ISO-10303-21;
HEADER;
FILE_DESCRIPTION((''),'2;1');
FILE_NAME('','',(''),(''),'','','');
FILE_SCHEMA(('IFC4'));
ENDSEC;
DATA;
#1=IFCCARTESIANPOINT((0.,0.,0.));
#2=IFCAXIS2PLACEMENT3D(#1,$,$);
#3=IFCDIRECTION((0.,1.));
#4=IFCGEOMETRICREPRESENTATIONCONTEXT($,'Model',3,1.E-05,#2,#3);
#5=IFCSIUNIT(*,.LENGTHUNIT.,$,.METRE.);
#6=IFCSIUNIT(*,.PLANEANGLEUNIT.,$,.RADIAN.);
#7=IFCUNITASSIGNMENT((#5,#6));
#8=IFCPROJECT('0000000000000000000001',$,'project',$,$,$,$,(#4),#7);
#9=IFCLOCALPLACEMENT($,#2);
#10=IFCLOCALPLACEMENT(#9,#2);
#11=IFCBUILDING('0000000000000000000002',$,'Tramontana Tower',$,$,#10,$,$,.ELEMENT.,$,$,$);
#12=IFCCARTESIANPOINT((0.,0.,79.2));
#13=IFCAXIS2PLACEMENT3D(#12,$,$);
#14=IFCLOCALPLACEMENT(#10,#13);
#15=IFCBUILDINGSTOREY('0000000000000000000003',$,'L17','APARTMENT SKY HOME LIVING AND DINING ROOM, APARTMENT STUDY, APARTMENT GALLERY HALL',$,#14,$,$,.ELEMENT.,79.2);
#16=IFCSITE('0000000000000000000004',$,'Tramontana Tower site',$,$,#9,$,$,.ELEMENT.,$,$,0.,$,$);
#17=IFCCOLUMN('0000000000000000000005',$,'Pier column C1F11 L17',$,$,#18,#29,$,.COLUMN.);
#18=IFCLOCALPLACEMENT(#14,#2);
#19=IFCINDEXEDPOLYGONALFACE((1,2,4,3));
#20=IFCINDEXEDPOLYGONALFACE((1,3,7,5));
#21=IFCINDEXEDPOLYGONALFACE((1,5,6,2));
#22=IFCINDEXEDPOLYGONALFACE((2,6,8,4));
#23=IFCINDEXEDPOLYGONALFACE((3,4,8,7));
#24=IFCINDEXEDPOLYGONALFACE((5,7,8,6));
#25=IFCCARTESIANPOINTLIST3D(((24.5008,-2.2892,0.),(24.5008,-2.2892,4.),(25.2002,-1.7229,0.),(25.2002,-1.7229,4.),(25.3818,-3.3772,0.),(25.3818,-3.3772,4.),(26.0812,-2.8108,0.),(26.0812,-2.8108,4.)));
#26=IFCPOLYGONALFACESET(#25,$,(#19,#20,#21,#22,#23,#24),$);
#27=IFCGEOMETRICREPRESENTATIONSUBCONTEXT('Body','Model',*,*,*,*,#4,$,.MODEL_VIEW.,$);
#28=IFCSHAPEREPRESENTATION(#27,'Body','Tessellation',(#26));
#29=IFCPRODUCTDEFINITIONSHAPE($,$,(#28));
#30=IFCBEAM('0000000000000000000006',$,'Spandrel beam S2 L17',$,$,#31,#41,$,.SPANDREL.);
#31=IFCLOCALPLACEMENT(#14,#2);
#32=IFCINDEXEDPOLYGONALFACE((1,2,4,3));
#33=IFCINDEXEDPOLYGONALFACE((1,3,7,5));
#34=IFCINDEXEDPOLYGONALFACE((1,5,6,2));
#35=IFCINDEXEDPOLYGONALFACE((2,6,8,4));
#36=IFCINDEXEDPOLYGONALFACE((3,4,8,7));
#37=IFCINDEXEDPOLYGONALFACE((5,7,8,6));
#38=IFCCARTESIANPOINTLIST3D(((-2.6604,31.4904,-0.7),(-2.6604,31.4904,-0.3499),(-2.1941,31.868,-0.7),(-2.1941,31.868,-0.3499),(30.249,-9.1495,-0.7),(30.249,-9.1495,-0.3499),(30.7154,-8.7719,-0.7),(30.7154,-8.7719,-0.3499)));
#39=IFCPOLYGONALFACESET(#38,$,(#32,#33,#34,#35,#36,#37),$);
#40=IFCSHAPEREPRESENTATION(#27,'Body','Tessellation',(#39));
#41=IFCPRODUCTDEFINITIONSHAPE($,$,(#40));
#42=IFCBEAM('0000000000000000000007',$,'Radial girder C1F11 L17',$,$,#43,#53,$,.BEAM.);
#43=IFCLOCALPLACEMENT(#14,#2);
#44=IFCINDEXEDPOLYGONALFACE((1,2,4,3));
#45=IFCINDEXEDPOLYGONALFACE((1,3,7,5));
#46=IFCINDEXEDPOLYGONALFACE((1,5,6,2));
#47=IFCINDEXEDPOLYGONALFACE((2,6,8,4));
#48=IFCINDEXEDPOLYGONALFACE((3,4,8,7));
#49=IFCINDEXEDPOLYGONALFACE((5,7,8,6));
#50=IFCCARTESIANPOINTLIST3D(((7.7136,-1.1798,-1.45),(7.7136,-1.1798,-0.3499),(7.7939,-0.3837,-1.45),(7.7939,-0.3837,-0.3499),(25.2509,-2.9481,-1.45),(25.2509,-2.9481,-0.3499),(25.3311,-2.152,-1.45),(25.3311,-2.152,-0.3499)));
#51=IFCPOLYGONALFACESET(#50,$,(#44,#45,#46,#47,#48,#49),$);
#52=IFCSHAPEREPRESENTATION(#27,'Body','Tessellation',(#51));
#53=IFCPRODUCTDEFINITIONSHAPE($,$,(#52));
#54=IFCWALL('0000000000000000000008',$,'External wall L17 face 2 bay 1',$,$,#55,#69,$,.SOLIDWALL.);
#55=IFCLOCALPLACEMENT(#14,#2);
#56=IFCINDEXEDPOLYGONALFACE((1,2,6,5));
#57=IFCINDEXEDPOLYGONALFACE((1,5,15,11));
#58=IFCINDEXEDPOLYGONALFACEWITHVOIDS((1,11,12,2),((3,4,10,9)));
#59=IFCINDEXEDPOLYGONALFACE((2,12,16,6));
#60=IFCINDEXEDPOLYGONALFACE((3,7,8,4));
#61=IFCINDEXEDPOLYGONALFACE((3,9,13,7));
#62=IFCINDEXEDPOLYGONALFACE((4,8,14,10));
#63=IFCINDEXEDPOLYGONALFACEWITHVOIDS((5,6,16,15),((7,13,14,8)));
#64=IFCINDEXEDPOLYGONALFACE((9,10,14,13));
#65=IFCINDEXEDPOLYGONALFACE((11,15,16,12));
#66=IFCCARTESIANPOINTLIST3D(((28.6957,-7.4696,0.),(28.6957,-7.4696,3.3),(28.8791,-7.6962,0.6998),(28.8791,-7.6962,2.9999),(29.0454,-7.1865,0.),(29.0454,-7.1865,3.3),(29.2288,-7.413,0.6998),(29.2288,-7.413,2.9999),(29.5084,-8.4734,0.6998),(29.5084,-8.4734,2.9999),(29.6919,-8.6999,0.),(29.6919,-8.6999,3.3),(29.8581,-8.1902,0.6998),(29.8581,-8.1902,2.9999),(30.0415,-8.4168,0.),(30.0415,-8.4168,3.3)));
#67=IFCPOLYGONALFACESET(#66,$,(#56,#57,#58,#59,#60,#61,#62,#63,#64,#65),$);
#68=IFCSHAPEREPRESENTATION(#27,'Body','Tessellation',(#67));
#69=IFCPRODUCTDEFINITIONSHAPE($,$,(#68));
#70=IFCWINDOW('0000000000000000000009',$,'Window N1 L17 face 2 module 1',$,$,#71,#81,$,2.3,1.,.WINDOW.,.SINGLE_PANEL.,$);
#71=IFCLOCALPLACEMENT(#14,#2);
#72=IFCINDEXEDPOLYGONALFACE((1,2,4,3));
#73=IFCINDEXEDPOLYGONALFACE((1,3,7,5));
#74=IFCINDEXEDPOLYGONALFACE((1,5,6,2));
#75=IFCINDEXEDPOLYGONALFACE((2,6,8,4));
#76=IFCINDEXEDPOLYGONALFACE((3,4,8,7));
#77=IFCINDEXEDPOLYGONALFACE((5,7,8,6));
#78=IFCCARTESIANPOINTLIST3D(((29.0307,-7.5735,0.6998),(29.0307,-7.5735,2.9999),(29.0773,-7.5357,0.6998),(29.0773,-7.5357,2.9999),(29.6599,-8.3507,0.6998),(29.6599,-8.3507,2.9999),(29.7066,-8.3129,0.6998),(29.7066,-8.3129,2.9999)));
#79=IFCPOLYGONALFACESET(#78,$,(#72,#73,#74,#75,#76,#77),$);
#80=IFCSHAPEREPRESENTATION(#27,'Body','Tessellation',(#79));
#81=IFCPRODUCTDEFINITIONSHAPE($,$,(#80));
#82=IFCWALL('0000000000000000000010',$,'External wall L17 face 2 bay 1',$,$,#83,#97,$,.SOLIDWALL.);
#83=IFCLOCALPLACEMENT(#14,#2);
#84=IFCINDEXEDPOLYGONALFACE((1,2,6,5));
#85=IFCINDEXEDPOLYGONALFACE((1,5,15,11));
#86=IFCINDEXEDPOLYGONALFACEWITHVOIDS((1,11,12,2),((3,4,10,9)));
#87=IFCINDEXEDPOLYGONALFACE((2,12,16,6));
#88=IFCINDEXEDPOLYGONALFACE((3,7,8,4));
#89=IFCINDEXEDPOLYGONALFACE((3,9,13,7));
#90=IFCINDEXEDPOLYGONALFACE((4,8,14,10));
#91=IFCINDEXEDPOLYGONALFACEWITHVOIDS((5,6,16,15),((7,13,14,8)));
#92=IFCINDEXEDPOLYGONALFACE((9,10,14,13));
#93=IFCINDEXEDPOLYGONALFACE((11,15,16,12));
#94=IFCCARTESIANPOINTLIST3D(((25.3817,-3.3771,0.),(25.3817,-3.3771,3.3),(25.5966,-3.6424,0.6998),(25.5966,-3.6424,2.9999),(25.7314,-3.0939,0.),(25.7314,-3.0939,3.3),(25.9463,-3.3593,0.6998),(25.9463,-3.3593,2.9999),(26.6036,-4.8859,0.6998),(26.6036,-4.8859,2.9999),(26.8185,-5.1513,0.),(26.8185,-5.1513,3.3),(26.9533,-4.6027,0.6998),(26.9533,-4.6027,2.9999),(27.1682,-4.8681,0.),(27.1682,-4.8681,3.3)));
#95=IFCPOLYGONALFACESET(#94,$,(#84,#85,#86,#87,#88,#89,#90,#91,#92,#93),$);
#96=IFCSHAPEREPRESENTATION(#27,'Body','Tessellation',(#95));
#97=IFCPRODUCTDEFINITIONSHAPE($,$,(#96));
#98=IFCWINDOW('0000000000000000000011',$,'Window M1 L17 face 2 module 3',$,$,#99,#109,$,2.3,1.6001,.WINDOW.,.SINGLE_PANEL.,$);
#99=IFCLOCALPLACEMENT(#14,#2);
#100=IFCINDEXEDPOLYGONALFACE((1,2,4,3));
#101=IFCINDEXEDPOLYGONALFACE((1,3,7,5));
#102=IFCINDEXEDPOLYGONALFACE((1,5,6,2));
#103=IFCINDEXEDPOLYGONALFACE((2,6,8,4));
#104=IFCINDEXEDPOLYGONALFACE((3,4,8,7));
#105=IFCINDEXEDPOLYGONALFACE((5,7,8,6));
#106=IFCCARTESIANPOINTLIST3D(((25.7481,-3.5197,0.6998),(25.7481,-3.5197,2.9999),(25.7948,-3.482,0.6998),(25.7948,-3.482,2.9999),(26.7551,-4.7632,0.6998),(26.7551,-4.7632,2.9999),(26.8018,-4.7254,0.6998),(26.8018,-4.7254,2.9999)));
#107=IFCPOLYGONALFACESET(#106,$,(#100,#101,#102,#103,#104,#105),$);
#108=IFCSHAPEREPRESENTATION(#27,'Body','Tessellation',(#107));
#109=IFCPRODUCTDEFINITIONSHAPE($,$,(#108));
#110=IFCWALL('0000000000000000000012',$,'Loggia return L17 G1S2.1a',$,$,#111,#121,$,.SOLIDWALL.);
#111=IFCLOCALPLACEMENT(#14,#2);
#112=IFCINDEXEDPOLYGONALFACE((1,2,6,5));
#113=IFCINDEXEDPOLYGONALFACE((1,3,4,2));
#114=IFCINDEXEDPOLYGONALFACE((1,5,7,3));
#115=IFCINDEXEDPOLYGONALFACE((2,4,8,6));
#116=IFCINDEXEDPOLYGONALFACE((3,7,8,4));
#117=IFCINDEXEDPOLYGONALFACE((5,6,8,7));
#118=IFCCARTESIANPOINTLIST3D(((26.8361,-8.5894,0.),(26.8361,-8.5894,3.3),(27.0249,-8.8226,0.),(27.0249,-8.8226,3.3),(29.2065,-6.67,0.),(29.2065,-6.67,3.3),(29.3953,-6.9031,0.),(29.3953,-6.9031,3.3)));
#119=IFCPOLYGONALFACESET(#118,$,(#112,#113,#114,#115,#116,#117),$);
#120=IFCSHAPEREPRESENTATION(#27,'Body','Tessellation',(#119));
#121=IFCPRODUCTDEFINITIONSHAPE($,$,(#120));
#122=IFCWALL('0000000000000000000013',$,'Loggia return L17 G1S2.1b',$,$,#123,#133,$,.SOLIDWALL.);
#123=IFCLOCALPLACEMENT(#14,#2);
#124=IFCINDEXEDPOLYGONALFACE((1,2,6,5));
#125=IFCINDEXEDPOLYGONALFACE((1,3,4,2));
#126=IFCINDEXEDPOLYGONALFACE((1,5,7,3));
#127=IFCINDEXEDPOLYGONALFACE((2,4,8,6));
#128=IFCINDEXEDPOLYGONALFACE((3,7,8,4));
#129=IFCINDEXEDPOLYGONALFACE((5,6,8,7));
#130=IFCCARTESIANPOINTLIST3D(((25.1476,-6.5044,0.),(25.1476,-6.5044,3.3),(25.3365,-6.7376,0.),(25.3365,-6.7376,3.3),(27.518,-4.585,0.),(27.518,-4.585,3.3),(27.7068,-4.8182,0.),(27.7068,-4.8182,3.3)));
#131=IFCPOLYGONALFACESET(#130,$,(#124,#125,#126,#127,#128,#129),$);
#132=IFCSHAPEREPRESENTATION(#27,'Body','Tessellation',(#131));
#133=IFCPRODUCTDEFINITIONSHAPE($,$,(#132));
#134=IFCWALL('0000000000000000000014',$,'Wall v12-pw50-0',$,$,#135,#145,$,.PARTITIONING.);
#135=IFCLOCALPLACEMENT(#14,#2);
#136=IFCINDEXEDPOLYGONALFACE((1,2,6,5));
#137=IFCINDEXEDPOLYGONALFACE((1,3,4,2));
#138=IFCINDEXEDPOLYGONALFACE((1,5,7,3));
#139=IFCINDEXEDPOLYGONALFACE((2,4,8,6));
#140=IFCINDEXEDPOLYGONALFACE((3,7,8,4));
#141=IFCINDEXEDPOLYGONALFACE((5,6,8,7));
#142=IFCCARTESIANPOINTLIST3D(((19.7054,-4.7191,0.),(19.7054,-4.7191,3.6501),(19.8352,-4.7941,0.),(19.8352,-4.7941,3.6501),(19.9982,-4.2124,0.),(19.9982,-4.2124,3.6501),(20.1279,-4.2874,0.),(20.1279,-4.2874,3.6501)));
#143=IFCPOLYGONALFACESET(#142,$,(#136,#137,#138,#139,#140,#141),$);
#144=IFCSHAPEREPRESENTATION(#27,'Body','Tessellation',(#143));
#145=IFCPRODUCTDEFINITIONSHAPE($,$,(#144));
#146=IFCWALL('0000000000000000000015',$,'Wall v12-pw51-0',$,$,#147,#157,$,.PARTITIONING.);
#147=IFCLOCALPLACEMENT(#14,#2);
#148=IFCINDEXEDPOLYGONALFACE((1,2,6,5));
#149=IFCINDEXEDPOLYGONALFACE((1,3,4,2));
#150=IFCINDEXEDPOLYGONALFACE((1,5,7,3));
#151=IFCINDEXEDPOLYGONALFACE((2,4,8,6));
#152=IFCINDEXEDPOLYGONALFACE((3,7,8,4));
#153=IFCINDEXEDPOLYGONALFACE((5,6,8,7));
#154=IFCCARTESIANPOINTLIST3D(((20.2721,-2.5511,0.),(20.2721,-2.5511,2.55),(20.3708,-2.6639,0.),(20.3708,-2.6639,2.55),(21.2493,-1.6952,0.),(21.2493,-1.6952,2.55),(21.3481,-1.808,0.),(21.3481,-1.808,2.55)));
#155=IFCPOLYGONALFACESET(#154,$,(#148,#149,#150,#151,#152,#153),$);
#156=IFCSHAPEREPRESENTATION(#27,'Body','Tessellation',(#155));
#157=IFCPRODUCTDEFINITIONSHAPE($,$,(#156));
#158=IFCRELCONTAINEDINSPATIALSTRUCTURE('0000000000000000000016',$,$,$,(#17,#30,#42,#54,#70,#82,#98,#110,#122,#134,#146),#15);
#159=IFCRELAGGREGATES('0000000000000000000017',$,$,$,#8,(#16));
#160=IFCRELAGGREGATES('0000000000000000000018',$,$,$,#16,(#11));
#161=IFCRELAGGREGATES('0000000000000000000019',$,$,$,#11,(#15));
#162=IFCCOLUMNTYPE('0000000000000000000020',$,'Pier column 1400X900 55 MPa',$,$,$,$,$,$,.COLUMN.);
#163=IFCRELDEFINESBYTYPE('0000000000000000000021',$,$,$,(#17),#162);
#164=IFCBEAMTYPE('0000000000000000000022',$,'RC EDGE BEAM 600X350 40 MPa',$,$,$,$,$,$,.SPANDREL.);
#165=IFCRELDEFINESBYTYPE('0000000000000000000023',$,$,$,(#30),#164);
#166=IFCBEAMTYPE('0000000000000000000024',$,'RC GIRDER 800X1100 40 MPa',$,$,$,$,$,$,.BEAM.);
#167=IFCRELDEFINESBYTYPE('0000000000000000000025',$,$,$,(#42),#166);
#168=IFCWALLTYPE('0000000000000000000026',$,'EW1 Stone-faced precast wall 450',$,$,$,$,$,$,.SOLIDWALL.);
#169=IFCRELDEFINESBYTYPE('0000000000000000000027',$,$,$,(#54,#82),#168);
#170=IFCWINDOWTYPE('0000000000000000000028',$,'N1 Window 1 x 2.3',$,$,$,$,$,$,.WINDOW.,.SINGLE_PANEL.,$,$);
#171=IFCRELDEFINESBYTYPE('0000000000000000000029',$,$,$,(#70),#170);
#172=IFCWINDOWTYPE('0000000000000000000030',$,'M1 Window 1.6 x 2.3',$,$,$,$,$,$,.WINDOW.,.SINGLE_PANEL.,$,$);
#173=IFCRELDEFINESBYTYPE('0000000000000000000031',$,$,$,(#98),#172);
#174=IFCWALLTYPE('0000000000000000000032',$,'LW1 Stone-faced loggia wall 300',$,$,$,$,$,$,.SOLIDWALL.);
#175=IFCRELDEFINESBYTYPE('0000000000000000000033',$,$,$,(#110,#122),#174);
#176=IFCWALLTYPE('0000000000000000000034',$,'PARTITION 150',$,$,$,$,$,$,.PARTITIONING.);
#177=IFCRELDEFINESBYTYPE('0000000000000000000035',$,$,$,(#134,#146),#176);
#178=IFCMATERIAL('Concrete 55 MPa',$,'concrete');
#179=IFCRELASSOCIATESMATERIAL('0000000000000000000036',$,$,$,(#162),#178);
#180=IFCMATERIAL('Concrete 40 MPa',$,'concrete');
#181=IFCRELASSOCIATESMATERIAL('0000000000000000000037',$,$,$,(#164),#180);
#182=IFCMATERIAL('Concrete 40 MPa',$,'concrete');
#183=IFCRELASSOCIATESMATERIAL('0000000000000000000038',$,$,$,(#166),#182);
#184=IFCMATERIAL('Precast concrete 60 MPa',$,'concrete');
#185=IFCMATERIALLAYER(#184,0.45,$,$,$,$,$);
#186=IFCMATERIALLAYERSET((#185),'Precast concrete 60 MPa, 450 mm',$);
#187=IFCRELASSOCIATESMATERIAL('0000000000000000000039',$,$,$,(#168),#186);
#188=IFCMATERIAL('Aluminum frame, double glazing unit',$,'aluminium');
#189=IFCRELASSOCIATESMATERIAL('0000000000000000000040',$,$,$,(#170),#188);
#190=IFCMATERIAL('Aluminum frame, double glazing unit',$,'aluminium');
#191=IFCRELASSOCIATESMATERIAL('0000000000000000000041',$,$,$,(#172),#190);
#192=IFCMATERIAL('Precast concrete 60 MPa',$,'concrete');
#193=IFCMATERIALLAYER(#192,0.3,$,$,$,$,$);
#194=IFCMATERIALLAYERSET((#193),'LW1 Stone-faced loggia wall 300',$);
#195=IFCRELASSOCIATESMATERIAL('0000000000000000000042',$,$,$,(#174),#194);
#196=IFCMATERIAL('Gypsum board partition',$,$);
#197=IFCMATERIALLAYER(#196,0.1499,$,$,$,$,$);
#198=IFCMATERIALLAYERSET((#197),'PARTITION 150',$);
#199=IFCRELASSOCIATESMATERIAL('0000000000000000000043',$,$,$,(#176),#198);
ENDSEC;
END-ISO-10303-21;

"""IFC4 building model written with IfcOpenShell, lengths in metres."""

from ifc_helpers import new_model, si_unit, direction, frame, frame_2d, origin, origin_2d, place, context, subcontext, project, spatial, rectangle, extrude, material, layer, layer_set, material_profile, profile_set, type_object, element, fill, save


model = new_model("IFC4")

# Units and contexts
model_context = context("Model", 3, precision=1e-05, world=origin(), true_north=direction((0.0, 1.0)))
body_context = subcontext(model_context, "Body", "Model", "MODEL_VIEW")
ifc_project = project(units=[si_unit("LENGTHUNIT", "METRE"), si_unit("PLANEANGLEUNIT", "RADIAN")], contexts=[model_context])

# Site, building, storey
site_placement = place(None, origin())
site = spatial("IfcSite", under=ifc_project, at=site_placement, Name="Tramontana Tower site", CompositionType="ELEMENT", RefElevation=0.0)
building_placement = place(site_placement, origin())
building = spatial("IfcBuilding", under=site, at=building_placement, Name="Tramontana Tower", CompositionType="ELEMENT")
storey_placement = place(building_placement, frame((0.0, 0.0, 79.2)))
storey = spatial("IfcBuildingStorey", under=building, at=storey_placement, Name="L17", Description="APARTMENT SKY HOME LIVING AND DINING ROOM, APARTMENT STUDY, APARTMENT GALLERY HALL", CompositionType="ELEMENT", Elevation=79.2)

# Column
ifc_material_1 = material(Name="Concrete 55 MPa", Category="concrete")
ifc_material_profile_1 = material_profile(ifc_material_1, rectangle(XDim=1.3999, YDim=0.8999, at=origin_2d()), Name="Pier column 1400X900 55 MPa")
ifc_profile_set_1 = profile_set([ifc_material_profile_1], Name="Concrete 55 MPa")
column_type = type_object("IfcColumnType", Name="Pier column 1400X900 55 MPa", PredefinedType="COLUMN", material=ifc_profile_set_1)
column_placement = place(storey_placement, frame((25.291, -2.55, 0.0), z_axis=(0.0, 0.0, 1.0), x_axis=(-0.62932, 0.777146, 0.0)))
element("IfcColumn", 1, at=column_placement, inside=storey, type_object=column_type, Name="Pier column C1F11 L17", PredefinedType="COLUMN", context=body_context, shape_type="SweptSolid", body=[
    extrude(rectangle(XDim=1.3999, YDim=0.8999, at=origin_2d()), origin(), (0.0, 0.0, 1.0), 4.0),
])

# Beams
ifc_material_2 = material(Name="Concrete 40 MPa", Category="concrete")
ifc_material_profile_2 = material_profile(ifc_material_2, rectangle(XDim=0.6001, YDim=0.3501, at=origin_2d()), Name="RC EDGE BEAM 600X350 40 MPa")
ifc_profile_set_2 = profile_set([ifc_material_profile_2], Name="Concrete 40 MPa")
beam_type_1 = type_object("IfcBeamType", Name="RC EDGE BEAM 600X350 40 MPa", PredefinedType="SPANDREL", material=ifc_profile_set_2)
beam_1_placement = place(storey_placement, frame((30.4822, -8.9607, -0.5249), z_axis=(-0.629319, 0.777147, 0.0), x_axis=(-0.777147, -0.629319, 0.0)))
element("IfcBeam", 2, at=beam_1_placement, inside=storey, type_object=beam_type_1, Name="Spandrel beam S2 L17", PredefinedType="SPANDREL", context=body_context, shape_type="SweptSolid", body=[
    extrude(rectangle(XDim=0.6001, YDim=0.3501, at=origin_2d()), origin(), (0.0, 0.0, 1.0), 52.2937),
])
ifc_material_3 = material(Name="Concrete 40 MPa", Category="concrete")
ifc_material_profile_3 = material_profile(ifc_material_3, rectangle(XDim=0.8, YDim=1.1001, at=origin_2d()), Name="RC GIRDER 800X1100 40 MPa")
ifc_profile_set_3 = profile_set([ifc_material_profile_3], Name="Concrete 40 MPa")
beam_type_2 = type_object("IfcBeamType", Name="RC GIRDER 800X1100 40 MPa", PredefinedType="BEAM", material=ifc_profile_set_3)
beam_2_placement = place(storey_placement, frame((25.291, -2.55, -0.8999), z_axis=(-0.994955, 0.100322, 0.0), x_axis=(-0.100322, -0.994955, 0.0)))
element("IfcBeam", 3, at=beam_2_placement, inside=storey, type_object=beam_type_2, Name="Radial girder C1F11 L17", PredefinedType="BEAM", context=body_context, shape_type="SweptSolid", body=[
    extrude(rectangle(XDim=0.8, YDim=1.1001, at=origin_2d()), origin(), (0.0, 0.0, 1.0), 17.6262),
])

# Walls, openings, windows
ifc_material_4 = material(Name="Precast concrete 60 MPa", Category="concrete")
ifc_layer_1 = layer(ifc_material_4, 0.45)
ifc_layer_set_1 = layer_set([ifc_layer_1], Name="Precast concrete 60 MPa, 450 mm")
wall_type_1 = type_object("IfcWallType", Name="EW1 Stone-faced precast wall 450", PredefinedType="SOLIDWALL", material=ifc_layer_set_1)
wall_1_placement = place(storey_placement, frame((29.8667, -8.5583, 0.0), z_axis=(0.0, 0.0, 1.0), x_axis=(-0.629274, 0.777184, 0.0)))
wall_1 = element("IfcWall", 4, at=wall_1_placement, inside=storey, type_object=wall_type_1, Name="External wall L17 face 2 bay 1", PredefinedType="SOLIDWALL", context=body_context, shape_type="SweptSolid", body=[
    extrude(rectangle(XDim=1.583, YDim=0.45, at=frame_2d((0.7915, 0.0))), origin(), (0.0, 0.0, 1.0), 3.3),
])
opening_1_placement = place(wall_1_placement, frame((0.2915, 0.0, 0.7)))
opening_1 = element("IfcOpeningElement", 5, at=opening_1_placement, cuts=wall_1, PredefinedType="OPENING", context=body_context, shape_type="SweptSolid", body=[
    extrude(rectangle(XDim=1.0, YDim=2.3, at=frame_2d((0.5, 1.1499))), frame((0.0, 0.2349, 0.0), z_axis=(0.0, -1.0, 0.0), x_axis=(1.0, 0.0, 0.0)), (0.0, 0.0, 1.0), 0.47),
])
ifc_material_5 = material(Name="Aluminum frame, double glazing unit", Category="aluminium")
window_type_1 = type_object("IfcWindowType", Name="N1 Window 1 x 2.3", PartitioningType="SINGLE_PANEL", PredefinedType="WINDOW", material=ifc_material_5)
window_1_placement = place(opening_1_placement, origin())
window_1 = element("IfcWindow", 6, at=window_1_placement, inside=storey, type_object=window_type_1, Name="Window N1 L17 face 2 module 1", OverallHeight=2.3, OverallWidth=1.0, PartitioningType="SINGLE_PANEL", PredefinedType="WINDOW", context=body_context, shape_type="SweptSolid", body=[
    extrude(rectangle(XDim=1.0, YDim=2.3, at=frame_2d((0.5, 1.1499))), frame((0.0, 0.03, 0.0), z_axis=(0.0, -1.0, 0.0), x_axis=(1.0, 0.0, 0.0)), (0.0, 0.0, 1.0), 0.0601),
])
fill(opening_1, window_1)
wall_2_placement = place(storey_placement, frame((26.9934, -5.0098, 0.0), z_axis=(0.0, 0.0, 1.0), x_axis=(-0.62934, 0.77713, 0.0)))
wall_2 = element("IfcWall", 7, at=wall_2_placement, inside=storey, type_object=wall_type_1, Name="External wall L17 face 2 bay 1", PredefinedType="SOLIDWALL", context=body_context, shape_type="SweptSolid", body=[
    extrude(rectangle(XDim=2.283, YDim=0.45, at=frame_2d((1.1416, 0.0))), origin(), (0.0, 0.0, 1.0), 3.3),
])
opening_2_placement = place(wall_2_placement, frame((0.3416, 0.0, 0.7)))
opening_2 = element("IfcOpeningElement", 8, at=opening_2_placement, cuts=wall_2, PredefinedType="OPENING", context=body_context, shape_type="SweptSolid", body=[
    extrude(rectangle(XDim=1.6001, YDim=2.3, at=frame_2d((0.8, 1.1499))), frame((0.0, 0.2349, 0.0), z_axis=(0.0, -1.0, 0.0), x_axis=(1.0, 0.0, 0.0)), (0.0, 0.0, 1.0), 0.47),
])
ifc_material_6 = material(Name="Aluminum frame, double glazing unit", Category="aluminium")
window_type_2 = type_object("IfcWindowType", Name="M1 Window 1.6 x 2.3", PartitioningType="SINGLE_PANEL", PredefinedType="WINDOW", material=ifc_material_6)
window_2_placement = place(opening_2_placement, origin())
window_2 = element("IfcWindow", 9, at=window_2_placement, inside=storey, type_object=window_type_2, Name="Window M1 L17 face 2 module 3", OverallHeight=2.3, OverallWidth=1.6001, PartitioningType="SINGLE_PANEL", PredefinedType="WINDOW", context=body_context, shape_type="SweptSolid", body=[
    extrude(rectangle(XDim=1.6001, YDim=2.3, at=frame_2d((0.8, 1.1499))), frame((0.0, 0.03, 0.0), z_axis=(0.0, -1.0, 0.0), x_axis=(1.0, 0.0, 0.0)), (0.0, 0.0, 1.0), 0.0601),
])
fill(opening_2, window_2)

# Shared definitions
ifc_material_7 = material(Name="Precast concrete 60 MPa", Category="concrete")
ifc_layer_2 = layer(ifc_material_7, 0.3)
ifc_layer_set_2 = layer_set([ifc_layer_2], Name="LW1 Stone-faced loggia wall 300")
wall_type_2 = type_object("IfcWallType", Name="LW1 Stone-faced loggia wall 300", PredefinedType="SOLIDWALL", material=ifc_layer_set_2)

# Walls
for number, where, z_axis, x_axis, name in (
    (10, (29.3008, -6.7866, 0.0), (0.0, 0.0, 1.0), (-0.777154, -0.629311, 0.0), "Loggia return L17 G1S2.1a"),
    (11, (27.6123, -4.7017, 0.0), (0.0, 0.0, 1.0), (-0.777154, -0.629311, 0.0), "Loggia return L17 G1S2.1b"),
):
    element("IfcWall", number, at=place(storey_placement, frame(where, z_axis=z_axis, x_axis=x_axis)), inside=storey, type_object=wall_type_2, Name=name, PredefinedType="SOLIDWALL", context=body_context, shape_type="SweptSolid", body=[
        extrude(rectangle(XDim=3.05, YDim=0.3, at=frame_2d((1.5249, 0.0))), origin(), (0.0, 0.0, 1.0), 3.3),
    ])
ifc_material_8 = material(Name="Gypsum board partition")
ifc_layer_3 = layer(ifc_material_8, 0.1499)
ifc_layer_set_3 = layer_set([ifc_layer_3], Name="PARTITION 150")
wall_type_3 = type_object("IfcWallType", Name="PARTITION 150", PredefinedType="PARTITIONING", material=ifc_layer_set_3)
wall_3_placement = place(storey_placement, frame((20.063, -4.25, 0.0), z_axis=(0.0, 0.0, 1.0), x_axis=(-0.500312, -0.865845, 0.0)))
element("IfcWall", 12, at=wall_3_placement, inside=storey, type_object=wall_type_3, Name="Wall v12-pw50-0", PredefinedType="PARTITIONING", context=body_context, shape_type="SweptSolid", body=[
    extrude(rectangle(XDim=0.5852, YDim=0.1499, at=frame_2d((0.2925, 0.0))), origin(), (0.0, 0.0, 1.0), 3.6501),
])

# Wall
wall_4_placement = place(storey_placement, frame((20.3215, -2.6074, 0.0), z_axis=(0.0, 0.0, 1.0), x_axis=(0.752262, 0.658864, 0.0)))
element("IfcWall", 13, at=wall_4_placement, inside=storey, type_object=wall_type_3, Name="Wall v12-pw51-0", PredefinedType="PARTITIONING", context=body_context, shape_type="SweptSolid", body=[
    extrude(rectangle(XDim=1.2991, YDim=0.1499, at=frame_2d((0.6494, 0.0))), origin(), (0.0, 0.0, 1.0), 2.55),
])

save(model, "model.ifc")
